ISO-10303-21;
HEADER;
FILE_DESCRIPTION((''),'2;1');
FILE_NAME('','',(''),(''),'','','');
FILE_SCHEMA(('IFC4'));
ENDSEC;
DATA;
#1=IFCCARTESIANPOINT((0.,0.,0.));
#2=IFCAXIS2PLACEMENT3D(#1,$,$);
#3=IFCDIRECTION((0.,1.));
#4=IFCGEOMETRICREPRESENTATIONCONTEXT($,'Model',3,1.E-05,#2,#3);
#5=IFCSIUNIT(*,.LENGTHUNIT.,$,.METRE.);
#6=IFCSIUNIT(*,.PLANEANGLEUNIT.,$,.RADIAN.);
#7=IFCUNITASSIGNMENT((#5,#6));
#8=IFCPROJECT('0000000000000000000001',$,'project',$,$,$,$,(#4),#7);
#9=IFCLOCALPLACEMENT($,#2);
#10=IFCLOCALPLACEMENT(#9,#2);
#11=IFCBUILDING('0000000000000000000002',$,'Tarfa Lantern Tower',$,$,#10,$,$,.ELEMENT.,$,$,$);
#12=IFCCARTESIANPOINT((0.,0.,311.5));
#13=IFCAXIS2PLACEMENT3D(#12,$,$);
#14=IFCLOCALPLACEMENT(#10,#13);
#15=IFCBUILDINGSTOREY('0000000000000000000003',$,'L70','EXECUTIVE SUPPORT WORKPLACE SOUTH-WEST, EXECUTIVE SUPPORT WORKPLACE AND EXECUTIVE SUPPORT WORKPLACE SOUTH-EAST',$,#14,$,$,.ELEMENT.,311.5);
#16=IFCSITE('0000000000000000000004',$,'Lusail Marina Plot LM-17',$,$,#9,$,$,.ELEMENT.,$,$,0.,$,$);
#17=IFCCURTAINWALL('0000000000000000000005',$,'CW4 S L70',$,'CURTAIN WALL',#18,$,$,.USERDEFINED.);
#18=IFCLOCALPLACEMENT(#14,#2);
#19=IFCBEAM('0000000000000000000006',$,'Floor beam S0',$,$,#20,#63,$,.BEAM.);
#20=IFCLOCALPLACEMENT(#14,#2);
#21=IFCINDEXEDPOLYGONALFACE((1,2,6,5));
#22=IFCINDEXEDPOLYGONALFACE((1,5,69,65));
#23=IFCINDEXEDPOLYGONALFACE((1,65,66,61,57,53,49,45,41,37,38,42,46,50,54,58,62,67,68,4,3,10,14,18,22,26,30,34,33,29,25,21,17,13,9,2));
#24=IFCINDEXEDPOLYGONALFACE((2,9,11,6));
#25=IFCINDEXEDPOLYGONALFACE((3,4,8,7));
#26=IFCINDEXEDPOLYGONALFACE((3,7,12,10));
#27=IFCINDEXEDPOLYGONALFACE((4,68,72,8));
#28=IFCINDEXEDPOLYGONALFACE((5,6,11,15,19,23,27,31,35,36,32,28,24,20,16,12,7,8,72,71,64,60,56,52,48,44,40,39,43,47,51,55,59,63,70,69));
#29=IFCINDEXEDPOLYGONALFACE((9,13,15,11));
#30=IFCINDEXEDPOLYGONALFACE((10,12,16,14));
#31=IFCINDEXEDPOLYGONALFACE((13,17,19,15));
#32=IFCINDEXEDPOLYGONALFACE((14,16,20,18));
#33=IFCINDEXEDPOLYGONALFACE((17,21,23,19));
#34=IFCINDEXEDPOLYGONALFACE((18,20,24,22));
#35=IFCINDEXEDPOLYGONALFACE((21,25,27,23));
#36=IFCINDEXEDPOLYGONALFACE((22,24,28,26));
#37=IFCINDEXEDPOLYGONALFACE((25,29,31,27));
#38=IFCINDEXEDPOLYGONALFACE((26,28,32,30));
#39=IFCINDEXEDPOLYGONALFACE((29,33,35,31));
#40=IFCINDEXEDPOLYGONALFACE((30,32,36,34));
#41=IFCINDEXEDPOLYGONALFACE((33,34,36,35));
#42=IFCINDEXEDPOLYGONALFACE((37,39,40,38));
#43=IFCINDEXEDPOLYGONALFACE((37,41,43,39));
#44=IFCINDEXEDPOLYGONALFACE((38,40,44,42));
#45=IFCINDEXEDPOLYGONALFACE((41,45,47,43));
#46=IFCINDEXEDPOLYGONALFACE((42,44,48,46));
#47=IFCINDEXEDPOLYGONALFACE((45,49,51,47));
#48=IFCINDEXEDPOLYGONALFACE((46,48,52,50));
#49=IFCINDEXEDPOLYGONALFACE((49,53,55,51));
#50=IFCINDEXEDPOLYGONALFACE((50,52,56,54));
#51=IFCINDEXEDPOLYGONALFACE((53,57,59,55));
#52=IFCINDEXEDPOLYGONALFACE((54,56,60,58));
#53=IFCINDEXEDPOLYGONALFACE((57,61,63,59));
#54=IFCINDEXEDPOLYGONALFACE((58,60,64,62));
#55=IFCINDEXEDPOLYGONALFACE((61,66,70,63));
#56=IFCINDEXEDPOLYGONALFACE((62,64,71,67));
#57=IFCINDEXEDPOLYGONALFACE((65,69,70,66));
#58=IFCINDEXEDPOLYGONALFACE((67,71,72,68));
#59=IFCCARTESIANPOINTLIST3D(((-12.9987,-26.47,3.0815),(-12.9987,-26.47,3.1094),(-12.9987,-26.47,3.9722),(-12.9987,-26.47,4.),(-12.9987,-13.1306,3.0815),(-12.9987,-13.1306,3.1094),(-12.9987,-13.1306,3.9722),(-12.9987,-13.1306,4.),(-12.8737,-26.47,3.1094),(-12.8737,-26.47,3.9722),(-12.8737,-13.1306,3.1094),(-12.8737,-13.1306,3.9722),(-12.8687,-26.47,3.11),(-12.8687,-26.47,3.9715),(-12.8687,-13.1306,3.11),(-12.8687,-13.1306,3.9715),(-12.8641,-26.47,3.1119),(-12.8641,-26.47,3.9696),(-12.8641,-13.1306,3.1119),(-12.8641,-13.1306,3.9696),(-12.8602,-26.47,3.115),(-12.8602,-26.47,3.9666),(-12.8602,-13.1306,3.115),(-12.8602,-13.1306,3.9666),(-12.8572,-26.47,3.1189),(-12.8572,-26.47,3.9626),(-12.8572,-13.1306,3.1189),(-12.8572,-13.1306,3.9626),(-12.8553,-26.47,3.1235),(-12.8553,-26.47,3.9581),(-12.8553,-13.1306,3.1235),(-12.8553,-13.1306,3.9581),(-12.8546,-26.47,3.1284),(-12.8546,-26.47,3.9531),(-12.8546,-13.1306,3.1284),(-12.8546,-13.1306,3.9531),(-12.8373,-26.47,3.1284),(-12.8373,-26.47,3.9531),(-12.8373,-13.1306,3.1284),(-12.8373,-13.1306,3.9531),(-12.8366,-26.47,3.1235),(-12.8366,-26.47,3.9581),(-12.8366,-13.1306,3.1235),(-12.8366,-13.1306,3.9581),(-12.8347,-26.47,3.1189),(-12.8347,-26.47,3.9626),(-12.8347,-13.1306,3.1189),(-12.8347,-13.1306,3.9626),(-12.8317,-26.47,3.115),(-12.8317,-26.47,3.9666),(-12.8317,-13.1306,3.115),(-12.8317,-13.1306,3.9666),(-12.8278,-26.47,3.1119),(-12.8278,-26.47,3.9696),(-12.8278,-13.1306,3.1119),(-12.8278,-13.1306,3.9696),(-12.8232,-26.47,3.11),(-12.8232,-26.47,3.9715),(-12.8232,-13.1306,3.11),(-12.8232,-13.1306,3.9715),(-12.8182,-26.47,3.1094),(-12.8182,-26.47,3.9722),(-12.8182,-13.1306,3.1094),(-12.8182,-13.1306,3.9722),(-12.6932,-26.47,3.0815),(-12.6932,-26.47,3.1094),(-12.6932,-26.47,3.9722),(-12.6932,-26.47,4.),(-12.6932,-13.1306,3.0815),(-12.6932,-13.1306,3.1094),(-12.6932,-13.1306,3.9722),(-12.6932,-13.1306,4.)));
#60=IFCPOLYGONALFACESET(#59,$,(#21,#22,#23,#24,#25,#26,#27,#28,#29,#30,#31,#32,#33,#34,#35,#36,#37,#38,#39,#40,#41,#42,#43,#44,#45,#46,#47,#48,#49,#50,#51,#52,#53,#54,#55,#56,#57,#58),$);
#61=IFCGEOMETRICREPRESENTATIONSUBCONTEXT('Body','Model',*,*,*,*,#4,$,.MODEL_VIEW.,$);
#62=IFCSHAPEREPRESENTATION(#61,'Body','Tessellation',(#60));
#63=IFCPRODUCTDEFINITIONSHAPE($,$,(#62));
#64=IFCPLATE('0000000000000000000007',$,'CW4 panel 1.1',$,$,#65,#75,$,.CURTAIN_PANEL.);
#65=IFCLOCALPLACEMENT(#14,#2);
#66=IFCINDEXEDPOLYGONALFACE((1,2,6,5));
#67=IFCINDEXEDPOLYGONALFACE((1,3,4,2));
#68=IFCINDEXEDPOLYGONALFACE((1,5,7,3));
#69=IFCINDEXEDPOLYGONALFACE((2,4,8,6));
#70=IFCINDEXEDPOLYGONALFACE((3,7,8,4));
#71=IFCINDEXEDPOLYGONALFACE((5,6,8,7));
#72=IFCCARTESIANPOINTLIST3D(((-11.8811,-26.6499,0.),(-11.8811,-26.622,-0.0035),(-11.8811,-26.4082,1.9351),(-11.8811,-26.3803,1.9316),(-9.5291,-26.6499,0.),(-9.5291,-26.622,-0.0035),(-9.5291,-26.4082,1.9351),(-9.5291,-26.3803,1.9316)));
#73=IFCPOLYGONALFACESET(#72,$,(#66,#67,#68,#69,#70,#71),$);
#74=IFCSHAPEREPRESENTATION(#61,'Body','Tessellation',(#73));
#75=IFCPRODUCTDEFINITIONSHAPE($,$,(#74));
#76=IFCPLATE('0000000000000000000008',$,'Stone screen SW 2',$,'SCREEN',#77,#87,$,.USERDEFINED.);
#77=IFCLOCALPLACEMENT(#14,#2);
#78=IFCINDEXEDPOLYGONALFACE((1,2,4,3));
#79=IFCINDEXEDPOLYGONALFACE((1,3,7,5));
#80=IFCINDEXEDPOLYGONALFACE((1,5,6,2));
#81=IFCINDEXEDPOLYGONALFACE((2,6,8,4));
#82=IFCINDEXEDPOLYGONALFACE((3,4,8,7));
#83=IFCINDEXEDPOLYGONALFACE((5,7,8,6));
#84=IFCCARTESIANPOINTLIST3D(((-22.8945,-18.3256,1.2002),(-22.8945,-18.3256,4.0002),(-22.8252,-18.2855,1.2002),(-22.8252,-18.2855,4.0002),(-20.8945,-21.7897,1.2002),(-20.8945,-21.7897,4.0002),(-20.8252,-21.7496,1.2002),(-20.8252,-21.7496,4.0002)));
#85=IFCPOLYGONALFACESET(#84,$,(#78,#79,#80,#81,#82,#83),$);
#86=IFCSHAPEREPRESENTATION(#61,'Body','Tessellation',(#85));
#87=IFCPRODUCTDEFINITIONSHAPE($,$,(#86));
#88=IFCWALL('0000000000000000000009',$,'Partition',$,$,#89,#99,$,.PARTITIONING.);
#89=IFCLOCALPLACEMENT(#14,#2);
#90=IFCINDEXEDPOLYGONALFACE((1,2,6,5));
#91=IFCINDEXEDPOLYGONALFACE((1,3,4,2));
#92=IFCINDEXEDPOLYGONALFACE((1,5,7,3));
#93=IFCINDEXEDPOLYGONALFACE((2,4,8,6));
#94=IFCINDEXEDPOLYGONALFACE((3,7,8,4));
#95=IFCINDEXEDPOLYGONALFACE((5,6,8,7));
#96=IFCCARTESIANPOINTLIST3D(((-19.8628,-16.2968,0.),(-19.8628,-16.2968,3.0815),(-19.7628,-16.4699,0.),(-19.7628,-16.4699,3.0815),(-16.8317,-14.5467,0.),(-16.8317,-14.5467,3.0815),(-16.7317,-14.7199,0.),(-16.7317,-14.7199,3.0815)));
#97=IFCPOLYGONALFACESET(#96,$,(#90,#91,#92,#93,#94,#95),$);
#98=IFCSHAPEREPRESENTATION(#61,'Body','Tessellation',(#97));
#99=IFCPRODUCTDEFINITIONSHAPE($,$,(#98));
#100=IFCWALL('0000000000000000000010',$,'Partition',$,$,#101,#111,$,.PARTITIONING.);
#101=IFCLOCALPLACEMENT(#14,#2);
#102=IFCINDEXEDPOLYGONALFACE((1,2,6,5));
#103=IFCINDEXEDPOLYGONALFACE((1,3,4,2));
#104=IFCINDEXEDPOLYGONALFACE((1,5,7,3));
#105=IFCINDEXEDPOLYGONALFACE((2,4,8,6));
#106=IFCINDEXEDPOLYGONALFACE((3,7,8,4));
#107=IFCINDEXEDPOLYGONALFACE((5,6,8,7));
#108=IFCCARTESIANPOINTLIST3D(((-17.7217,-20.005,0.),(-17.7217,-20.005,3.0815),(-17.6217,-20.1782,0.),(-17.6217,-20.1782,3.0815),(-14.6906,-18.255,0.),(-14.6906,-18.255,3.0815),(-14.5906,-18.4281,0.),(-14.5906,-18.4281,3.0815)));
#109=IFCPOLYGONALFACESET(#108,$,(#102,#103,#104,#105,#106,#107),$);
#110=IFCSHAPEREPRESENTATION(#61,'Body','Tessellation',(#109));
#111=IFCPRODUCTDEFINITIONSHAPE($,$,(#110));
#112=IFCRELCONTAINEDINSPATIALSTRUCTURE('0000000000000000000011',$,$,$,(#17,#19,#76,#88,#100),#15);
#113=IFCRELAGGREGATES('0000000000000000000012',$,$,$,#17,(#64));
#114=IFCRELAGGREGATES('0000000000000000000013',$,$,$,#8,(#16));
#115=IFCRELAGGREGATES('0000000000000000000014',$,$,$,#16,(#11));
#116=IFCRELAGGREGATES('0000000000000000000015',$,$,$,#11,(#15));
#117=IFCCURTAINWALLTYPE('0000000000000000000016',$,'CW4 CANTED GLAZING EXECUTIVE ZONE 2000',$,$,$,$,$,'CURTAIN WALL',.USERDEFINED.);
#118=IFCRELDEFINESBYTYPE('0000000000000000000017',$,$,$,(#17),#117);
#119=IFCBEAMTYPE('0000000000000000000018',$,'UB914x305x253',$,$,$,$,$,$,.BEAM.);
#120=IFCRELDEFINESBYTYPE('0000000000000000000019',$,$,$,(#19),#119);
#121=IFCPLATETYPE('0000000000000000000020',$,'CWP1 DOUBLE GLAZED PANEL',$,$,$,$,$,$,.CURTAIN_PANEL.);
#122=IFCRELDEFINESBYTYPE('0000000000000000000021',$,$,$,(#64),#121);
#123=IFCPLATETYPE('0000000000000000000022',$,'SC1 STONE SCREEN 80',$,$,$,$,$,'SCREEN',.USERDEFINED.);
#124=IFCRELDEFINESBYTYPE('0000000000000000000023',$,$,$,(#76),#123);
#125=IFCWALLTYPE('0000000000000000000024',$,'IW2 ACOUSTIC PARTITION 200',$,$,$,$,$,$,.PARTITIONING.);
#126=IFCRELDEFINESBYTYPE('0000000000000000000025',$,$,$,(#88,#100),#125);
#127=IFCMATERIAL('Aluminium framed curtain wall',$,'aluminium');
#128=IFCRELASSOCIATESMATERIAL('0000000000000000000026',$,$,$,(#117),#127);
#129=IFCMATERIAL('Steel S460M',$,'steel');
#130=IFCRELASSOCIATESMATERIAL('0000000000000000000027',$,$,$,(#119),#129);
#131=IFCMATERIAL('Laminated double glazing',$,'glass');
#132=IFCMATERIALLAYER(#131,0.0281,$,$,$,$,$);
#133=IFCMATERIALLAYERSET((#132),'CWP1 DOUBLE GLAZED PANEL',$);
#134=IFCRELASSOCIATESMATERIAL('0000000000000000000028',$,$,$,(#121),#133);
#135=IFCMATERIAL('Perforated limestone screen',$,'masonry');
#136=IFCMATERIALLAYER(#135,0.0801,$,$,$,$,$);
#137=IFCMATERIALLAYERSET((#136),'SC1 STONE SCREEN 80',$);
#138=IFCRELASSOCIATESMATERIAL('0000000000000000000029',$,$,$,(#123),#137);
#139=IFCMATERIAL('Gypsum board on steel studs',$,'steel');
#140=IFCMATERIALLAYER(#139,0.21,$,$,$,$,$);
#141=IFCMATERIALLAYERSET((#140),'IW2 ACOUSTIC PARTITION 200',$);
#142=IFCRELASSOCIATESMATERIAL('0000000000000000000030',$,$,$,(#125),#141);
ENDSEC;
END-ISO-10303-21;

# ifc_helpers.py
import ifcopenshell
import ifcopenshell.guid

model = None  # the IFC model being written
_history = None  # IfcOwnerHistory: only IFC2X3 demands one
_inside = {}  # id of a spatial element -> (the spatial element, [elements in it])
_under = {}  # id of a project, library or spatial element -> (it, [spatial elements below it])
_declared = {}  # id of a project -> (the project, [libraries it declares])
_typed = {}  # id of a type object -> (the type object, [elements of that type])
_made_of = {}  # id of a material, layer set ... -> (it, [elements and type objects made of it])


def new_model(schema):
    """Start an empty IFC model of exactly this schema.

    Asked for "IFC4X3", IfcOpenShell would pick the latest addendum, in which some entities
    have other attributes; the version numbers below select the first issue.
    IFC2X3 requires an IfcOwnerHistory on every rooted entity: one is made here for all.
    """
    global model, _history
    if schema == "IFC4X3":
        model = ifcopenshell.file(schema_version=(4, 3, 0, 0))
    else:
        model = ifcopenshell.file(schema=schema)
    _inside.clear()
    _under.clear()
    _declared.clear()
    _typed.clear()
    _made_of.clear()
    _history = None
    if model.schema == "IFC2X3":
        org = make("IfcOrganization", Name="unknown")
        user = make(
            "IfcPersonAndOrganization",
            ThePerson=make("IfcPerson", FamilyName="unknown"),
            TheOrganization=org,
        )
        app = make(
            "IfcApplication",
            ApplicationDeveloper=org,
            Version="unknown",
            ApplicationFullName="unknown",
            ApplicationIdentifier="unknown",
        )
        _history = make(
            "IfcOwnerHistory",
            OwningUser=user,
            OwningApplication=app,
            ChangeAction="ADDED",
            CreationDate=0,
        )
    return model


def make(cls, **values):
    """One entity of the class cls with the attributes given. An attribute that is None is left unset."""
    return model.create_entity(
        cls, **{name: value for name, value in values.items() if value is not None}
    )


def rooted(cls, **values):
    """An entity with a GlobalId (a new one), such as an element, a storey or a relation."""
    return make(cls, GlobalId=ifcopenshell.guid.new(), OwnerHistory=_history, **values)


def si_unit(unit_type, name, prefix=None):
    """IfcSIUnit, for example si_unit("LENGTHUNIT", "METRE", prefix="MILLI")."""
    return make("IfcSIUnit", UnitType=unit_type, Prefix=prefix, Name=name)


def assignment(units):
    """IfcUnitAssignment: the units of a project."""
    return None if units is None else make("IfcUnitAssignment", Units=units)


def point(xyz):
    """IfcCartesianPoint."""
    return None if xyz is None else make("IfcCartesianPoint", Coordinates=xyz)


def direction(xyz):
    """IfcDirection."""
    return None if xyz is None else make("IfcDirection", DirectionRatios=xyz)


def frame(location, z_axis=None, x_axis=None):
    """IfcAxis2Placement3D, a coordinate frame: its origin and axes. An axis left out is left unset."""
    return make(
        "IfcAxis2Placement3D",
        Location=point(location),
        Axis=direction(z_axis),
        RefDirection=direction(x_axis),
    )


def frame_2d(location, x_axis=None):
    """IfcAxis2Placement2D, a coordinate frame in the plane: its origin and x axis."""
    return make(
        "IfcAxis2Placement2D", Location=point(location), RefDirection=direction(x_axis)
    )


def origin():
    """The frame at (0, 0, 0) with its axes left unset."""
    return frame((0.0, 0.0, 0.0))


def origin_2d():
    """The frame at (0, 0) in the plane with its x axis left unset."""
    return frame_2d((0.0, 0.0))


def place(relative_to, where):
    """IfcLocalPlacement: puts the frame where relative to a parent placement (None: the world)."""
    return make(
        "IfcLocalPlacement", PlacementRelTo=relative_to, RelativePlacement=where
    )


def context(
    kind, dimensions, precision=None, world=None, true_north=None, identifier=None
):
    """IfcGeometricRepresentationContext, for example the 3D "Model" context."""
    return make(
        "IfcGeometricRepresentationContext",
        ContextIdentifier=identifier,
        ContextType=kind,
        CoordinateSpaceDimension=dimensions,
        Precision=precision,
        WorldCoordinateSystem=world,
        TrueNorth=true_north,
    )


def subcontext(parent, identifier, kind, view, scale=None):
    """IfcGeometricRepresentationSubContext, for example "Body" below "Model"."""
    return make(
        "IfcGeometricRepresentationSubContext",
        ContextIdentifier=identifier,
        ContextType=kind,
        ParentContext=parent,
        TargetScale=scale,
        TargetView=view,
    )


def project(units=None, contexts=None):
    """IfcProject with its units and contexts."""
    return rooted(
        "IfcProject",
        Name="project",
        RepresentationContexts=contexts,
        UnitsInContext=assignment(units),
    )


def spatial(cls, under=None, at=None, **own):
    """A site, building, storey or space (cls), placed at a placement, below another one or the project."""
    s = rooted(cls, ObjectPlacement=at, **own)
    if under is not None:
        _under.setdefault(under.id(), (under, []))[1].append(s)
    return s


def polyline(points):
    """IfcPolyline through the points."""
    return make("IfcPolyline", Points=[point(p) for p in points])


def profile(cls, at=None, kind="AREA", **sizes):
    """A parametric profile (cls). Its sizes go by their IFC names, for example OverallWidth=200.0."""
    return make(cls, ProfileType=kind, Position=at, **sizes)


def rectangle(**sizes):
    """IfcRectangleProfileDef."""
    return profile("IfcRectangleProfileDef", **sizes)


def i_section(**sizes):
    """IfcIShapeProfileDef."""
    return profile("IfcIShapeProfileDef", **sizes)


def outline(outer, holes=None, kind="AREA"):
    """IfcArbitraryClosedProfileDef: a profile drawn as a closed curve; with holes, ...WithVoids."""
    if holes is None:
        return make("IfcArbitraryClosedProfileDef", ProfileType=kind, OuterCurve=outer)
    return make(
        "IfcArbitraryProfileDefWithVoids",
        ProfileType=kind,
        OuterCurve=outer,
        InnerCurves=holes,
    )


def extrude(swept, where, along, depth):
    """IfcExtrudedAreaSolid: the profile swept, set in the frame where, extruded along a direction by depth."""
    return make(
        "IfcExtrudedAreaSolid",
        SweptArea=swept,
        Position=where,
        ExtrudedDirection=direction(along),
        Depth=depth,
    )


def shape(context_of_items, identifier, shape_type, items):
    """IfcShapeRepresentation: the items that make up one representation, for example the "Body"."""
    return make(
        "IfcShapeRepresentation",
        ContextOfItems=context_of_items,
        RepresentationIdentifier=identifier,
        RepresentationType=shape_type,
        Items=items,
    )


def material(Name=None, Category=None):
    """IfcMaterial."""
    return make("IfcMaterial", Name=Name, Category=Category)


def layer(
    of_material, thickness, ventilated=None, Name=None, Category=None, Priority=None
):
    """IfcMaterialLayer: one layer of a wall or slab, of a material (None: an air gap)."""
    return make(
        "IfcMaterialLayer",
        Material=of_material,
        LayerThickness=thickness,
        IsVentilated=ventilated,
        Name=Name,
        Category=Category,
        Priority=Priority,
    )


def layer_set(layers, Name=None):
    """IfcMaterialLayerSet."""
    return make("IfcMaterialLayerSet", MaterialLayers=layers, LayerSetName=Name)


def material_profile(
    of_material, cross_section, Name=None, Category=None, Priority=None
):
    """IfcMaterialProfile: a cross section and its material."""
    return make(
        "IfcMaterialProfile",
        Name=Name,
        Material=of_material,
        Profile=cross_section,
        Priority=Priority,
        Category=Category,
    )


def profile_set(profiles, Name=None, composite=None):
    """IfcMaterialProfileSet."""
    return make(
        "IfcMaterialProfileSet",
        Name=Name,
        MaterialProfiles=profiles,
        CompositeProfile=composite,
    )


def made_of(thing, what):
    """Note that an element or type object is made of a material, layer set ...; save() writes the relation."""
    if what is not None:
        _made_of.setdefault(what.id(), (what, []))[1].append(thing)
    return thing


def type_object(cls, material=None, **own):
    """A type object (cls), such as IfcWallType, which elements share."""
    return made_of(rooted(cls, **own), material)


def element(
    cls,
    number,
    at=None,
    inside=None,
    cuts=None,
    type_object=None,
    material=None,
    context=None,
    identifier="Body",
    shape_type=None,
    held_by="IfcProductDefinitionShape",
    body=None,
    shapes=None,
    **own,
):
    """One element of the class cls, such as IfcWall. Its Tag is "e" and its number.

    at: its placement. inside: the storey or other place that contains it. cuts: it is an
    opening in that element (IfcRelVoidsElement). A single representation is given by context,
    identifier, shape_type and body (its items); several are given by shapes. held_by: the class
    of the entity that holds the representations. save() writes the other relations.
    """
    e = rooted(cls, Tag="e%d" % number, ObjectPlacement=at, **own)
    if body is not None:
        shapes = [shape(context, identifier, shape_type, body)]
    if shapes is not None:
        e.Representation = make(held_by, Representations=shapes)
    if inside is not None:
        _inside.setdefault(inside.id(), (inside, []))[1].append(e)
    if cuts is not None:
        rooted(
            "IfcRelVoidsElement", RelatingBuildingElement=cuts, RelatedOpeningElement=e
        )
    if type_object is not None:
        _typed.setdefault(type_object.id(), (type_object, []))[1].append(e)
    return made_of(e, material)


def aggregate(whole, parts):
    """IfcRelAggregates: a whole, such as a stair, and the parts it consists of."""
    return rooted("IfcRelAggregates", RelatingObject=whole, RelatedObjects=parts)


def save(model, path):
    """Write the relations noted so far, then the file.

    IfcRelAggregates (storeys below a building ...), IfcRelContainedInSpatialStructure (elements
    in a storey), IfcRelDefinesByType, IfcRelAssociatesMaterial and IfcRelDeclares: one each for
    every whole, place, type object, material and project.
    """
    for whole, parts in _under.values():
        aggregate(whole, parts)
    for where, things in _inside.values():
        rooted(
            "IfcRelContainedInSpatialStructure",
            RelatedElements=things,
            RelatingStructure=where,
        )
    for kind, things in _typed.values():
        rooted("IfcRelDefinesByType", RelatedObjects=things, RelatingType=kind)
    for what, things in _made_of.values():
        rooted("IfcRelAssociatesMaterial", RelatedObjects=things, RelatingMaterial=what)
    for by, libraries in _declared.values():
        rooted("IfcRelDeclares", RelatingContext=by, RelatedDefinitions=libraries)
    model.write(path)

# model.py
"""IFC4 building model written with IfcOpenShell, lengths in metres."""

from ifc_helpers import new_model, si_unit, direction, frame, frame_2d, origin, origin_2d, place, context, subcontext, project, spatial, polyline, rectangle, i_section, outline, extrude, material, layer, layer_set, material_profile, profile_set, type_object, element, aggregate, save


model = new_model("IFC4")

# Units and contexts
model_context = context("Model", 3, precision=1e-05, world=origin(), true_north=direction((0.0, 1.0)))
body_context = subcontext(model_context, "Body", "Model", "MODEL_VIEW")
ifc_project = project(units=[si_unit("LENGTHUNIT", "METRE"), si_unit("PLANEANGLEUNIT", "RADIAN")], contexts=[model_context])

# Site, building, storey
site_placement = place(None, origin())
site = spatial("IfcSite", under=ifc_project, at=site_placement, Name="Lusail Marina Plot LM-17", CompositionType="ELEMENT", RefElevation=0.0)
building_placement = place(site_placement, origin())
building = spatial("IfcBuilding", under=site, at=building_placement, Name="Tarfa Lantern Tower", CompositionType="ELEMENT")
storey_placement = place(building_placement, frame((0.0, 0.0, 311.5)))
storey = spatial("IfcBuildingStorey", under=building, at=storey_placement, Name="L70", Description="EXECUTIVE SUPPORT WORKPLACE SOUTH-WEST, EXECUTIVE SUPPORT WORKPLACE AND EXECUTIVE SUPPORT WORKPLACE SOUTH-EAST", CompositionType="ELEMENT", Elevation=311.5)

# Shared definitions
ifc_material_1 = material(Name="Steel S460M", Category="steel")

# Curtain wall
ifc_material_2 = material(Name="Aluminium framed curtain wall", Category="aluminium")
curtain_wall_type = type_object("IfcCurtainWallType", Name="CW4 CANTED GLAZING EXECUTIVE ZONE 2000", ElementType="CURTAIN WALL", PredefinedType="USERDEFINED", material=ifc_material_2)
curtain_wall_placement = place(storey_placement, origin())
curtain_wall = element("IfcCurtainWall", 1, at=curtain_wall_placement, inside=storey, type_object=curtain_wall_type, Name="CW4 S L70", ObjectType="CURTAIN WALL", PredefinedType="USERDEFINED")

# Beam
ifc_material_profile_1 = material_profile(ifc_material_1, i_section(OverallWidth=0.3054, OverallDepth=0.9185, WebThickness=0.0173, FlangeThickness=0.0278, FilletRadius=0.019, at=origin_2d()), Name="UB914x305x253")
ifc_profile_set_1 = profile_set([ifc_material_profile_1], Name="Steel S460M")
beam_type_1 = type_object("IfcBeamType", Name="UB914x305x253", PredefinedType="BEAM", material=ifc_profile_set_1)
beam_1_placement = place(storey_placement, frame((-12.8459, -26.47, 3.5408), z_axis=(0.0, 1.0, 0.0), x_axis=(-1.0, 0.0, 0.0)))
element("IfcBeam", 2, at=beam_1_placement, inside=storey, type_object=beam_type_1, Name="Floor beam S0", PredefinedType="BEAM", context=body_context, shape_type="SweptSolid", body=[
    extrude(i_section(OverallWidth=0.3054, OverallDepth=0.9185, WebThickness=0.0173, FlangeThickness=0.0278, FilletRadius=0.019, at=origin_2d()), origin(), (0.0, 0.0, 1.0), 13.3394),
])

# Plates
ifc_material_3 = material(Name="Laminated double glazing", Category="glass")
ifc_layer_1 = layer(ifc_material_3, 0.0281)
ifc_layer_set_1 = layer_set([ifc_layer_1], Name="CWP1 DOUBLE GLAZED PANEL")
plate_type_1 = type_object("IfcPlateType", Name="CWP1 DOUBLE GLAZED PANEL", PredefinedType="CURTAIN_PANEL", material=ifc_layer_set_1)
plate_1_placement = place(storey_placement, frame((-11.8811, -26.6499, 0.0), z_axis=(0.0, -0.992289, 0.123942), x_axis=(1.0, 0.0, 0.0)))
plate_1 = element("IfcPlate", 3, at=plate_1_placement, type_object=plate_type_1, Name="CW4 panel 1.1", PredefinedType="CURTAIN_PANEL", context=body_context, shape_type="SweptSolid", body=[
    extrude(outline(polyline([(0.0, 0.0), (2.3521, 0.0), (2.3521, 1.9501), (0.0, 1.9501), (0.0, 0.0)])), origin(), (0.0, 0.0, -1.0), 0.0281),
])
aggregate(curtain_wall, [plate_1])
ifc_material_4 = material(Name="Perforated limestone screen", Category="masonry")
ifc_layer_2 = layer(ifc_material_4, 0.0801)
ifc_layer_set_2 = layer_set([ifc_layer_2], Name="SC1 STONE SCREEN 80")
plate_type_2 = type_object("IfcPlateType", Name="SC1 STONE SCREEN 80", ElementType="SCREEN", PredefinedType="USERDEFINED", material=ifc_layer_set_2)
plate_2_placement = place(storey_placement, frame((-21.8599, -20.0376, 1.2002), z_axis=(0.0, 0.0, 1.0), x_axis=(0.5, -0.866025, 0.0)))
element("IfcPlate", 4, at=plate_2_placement, inside=storey, type_object=plate_type_2, Name="Stone screen SW 2", ObjectType="SCREEN", PredefinedType="USERDEFINED", context=body_context, shape_type="SweptSolid", body=[
    extrude(rectangle(XDim=4.0, YDim=0.0801, at=origin_2d()), origin(), (0.0, 0.0, 1.0), 2.8),
])

# Walls
ifc_material_5 = material(Name="Gypsum board on steel studs", Category="steel")
ifc_layer_3 = layer(ifc_material_5, 0.21)
ifc_layer_set_3 = layer_set([ifc_layer_3], Name="IW2 ACOUSTIC PARTITION 200")
wall_type = type_object("IfcWallType", Name="IW2 ACOUSTIC PARTITION 200", PredefinedType="PARTITIONING", material=ifc_layer_set_3)
for number, where, z_axis, x_axis, name in (
    (5, (-16.7817, -14.6333, 0.0), (0.0, 0.0, 1.0), (-0.866019, -0.50001, 0.0), "Partition"),
    (6, (-14.6406, -18.3416, 0.0), (0.0, 0.0, 1.0), (-0.866019, -0.50001, 0.0), "Partition"),
):
    element("IfcWall", number, at=place(storey_placement, frame(where, z_axis=z_axis, x_axis=x_axis)), inside=storey, type_object=wall_type, Name=name, PredefinedType="PARTITIONING", context=body_context, shape_type="SweptSolid", body=[
        extrude(rectangle(XDim=3.5, YDim=0.2, at=frame_2d((1.75, 0.0))), origin(), (0.0, 0.0, 1.0), 3.0815),
    ])

save(model, "model.ifc")
